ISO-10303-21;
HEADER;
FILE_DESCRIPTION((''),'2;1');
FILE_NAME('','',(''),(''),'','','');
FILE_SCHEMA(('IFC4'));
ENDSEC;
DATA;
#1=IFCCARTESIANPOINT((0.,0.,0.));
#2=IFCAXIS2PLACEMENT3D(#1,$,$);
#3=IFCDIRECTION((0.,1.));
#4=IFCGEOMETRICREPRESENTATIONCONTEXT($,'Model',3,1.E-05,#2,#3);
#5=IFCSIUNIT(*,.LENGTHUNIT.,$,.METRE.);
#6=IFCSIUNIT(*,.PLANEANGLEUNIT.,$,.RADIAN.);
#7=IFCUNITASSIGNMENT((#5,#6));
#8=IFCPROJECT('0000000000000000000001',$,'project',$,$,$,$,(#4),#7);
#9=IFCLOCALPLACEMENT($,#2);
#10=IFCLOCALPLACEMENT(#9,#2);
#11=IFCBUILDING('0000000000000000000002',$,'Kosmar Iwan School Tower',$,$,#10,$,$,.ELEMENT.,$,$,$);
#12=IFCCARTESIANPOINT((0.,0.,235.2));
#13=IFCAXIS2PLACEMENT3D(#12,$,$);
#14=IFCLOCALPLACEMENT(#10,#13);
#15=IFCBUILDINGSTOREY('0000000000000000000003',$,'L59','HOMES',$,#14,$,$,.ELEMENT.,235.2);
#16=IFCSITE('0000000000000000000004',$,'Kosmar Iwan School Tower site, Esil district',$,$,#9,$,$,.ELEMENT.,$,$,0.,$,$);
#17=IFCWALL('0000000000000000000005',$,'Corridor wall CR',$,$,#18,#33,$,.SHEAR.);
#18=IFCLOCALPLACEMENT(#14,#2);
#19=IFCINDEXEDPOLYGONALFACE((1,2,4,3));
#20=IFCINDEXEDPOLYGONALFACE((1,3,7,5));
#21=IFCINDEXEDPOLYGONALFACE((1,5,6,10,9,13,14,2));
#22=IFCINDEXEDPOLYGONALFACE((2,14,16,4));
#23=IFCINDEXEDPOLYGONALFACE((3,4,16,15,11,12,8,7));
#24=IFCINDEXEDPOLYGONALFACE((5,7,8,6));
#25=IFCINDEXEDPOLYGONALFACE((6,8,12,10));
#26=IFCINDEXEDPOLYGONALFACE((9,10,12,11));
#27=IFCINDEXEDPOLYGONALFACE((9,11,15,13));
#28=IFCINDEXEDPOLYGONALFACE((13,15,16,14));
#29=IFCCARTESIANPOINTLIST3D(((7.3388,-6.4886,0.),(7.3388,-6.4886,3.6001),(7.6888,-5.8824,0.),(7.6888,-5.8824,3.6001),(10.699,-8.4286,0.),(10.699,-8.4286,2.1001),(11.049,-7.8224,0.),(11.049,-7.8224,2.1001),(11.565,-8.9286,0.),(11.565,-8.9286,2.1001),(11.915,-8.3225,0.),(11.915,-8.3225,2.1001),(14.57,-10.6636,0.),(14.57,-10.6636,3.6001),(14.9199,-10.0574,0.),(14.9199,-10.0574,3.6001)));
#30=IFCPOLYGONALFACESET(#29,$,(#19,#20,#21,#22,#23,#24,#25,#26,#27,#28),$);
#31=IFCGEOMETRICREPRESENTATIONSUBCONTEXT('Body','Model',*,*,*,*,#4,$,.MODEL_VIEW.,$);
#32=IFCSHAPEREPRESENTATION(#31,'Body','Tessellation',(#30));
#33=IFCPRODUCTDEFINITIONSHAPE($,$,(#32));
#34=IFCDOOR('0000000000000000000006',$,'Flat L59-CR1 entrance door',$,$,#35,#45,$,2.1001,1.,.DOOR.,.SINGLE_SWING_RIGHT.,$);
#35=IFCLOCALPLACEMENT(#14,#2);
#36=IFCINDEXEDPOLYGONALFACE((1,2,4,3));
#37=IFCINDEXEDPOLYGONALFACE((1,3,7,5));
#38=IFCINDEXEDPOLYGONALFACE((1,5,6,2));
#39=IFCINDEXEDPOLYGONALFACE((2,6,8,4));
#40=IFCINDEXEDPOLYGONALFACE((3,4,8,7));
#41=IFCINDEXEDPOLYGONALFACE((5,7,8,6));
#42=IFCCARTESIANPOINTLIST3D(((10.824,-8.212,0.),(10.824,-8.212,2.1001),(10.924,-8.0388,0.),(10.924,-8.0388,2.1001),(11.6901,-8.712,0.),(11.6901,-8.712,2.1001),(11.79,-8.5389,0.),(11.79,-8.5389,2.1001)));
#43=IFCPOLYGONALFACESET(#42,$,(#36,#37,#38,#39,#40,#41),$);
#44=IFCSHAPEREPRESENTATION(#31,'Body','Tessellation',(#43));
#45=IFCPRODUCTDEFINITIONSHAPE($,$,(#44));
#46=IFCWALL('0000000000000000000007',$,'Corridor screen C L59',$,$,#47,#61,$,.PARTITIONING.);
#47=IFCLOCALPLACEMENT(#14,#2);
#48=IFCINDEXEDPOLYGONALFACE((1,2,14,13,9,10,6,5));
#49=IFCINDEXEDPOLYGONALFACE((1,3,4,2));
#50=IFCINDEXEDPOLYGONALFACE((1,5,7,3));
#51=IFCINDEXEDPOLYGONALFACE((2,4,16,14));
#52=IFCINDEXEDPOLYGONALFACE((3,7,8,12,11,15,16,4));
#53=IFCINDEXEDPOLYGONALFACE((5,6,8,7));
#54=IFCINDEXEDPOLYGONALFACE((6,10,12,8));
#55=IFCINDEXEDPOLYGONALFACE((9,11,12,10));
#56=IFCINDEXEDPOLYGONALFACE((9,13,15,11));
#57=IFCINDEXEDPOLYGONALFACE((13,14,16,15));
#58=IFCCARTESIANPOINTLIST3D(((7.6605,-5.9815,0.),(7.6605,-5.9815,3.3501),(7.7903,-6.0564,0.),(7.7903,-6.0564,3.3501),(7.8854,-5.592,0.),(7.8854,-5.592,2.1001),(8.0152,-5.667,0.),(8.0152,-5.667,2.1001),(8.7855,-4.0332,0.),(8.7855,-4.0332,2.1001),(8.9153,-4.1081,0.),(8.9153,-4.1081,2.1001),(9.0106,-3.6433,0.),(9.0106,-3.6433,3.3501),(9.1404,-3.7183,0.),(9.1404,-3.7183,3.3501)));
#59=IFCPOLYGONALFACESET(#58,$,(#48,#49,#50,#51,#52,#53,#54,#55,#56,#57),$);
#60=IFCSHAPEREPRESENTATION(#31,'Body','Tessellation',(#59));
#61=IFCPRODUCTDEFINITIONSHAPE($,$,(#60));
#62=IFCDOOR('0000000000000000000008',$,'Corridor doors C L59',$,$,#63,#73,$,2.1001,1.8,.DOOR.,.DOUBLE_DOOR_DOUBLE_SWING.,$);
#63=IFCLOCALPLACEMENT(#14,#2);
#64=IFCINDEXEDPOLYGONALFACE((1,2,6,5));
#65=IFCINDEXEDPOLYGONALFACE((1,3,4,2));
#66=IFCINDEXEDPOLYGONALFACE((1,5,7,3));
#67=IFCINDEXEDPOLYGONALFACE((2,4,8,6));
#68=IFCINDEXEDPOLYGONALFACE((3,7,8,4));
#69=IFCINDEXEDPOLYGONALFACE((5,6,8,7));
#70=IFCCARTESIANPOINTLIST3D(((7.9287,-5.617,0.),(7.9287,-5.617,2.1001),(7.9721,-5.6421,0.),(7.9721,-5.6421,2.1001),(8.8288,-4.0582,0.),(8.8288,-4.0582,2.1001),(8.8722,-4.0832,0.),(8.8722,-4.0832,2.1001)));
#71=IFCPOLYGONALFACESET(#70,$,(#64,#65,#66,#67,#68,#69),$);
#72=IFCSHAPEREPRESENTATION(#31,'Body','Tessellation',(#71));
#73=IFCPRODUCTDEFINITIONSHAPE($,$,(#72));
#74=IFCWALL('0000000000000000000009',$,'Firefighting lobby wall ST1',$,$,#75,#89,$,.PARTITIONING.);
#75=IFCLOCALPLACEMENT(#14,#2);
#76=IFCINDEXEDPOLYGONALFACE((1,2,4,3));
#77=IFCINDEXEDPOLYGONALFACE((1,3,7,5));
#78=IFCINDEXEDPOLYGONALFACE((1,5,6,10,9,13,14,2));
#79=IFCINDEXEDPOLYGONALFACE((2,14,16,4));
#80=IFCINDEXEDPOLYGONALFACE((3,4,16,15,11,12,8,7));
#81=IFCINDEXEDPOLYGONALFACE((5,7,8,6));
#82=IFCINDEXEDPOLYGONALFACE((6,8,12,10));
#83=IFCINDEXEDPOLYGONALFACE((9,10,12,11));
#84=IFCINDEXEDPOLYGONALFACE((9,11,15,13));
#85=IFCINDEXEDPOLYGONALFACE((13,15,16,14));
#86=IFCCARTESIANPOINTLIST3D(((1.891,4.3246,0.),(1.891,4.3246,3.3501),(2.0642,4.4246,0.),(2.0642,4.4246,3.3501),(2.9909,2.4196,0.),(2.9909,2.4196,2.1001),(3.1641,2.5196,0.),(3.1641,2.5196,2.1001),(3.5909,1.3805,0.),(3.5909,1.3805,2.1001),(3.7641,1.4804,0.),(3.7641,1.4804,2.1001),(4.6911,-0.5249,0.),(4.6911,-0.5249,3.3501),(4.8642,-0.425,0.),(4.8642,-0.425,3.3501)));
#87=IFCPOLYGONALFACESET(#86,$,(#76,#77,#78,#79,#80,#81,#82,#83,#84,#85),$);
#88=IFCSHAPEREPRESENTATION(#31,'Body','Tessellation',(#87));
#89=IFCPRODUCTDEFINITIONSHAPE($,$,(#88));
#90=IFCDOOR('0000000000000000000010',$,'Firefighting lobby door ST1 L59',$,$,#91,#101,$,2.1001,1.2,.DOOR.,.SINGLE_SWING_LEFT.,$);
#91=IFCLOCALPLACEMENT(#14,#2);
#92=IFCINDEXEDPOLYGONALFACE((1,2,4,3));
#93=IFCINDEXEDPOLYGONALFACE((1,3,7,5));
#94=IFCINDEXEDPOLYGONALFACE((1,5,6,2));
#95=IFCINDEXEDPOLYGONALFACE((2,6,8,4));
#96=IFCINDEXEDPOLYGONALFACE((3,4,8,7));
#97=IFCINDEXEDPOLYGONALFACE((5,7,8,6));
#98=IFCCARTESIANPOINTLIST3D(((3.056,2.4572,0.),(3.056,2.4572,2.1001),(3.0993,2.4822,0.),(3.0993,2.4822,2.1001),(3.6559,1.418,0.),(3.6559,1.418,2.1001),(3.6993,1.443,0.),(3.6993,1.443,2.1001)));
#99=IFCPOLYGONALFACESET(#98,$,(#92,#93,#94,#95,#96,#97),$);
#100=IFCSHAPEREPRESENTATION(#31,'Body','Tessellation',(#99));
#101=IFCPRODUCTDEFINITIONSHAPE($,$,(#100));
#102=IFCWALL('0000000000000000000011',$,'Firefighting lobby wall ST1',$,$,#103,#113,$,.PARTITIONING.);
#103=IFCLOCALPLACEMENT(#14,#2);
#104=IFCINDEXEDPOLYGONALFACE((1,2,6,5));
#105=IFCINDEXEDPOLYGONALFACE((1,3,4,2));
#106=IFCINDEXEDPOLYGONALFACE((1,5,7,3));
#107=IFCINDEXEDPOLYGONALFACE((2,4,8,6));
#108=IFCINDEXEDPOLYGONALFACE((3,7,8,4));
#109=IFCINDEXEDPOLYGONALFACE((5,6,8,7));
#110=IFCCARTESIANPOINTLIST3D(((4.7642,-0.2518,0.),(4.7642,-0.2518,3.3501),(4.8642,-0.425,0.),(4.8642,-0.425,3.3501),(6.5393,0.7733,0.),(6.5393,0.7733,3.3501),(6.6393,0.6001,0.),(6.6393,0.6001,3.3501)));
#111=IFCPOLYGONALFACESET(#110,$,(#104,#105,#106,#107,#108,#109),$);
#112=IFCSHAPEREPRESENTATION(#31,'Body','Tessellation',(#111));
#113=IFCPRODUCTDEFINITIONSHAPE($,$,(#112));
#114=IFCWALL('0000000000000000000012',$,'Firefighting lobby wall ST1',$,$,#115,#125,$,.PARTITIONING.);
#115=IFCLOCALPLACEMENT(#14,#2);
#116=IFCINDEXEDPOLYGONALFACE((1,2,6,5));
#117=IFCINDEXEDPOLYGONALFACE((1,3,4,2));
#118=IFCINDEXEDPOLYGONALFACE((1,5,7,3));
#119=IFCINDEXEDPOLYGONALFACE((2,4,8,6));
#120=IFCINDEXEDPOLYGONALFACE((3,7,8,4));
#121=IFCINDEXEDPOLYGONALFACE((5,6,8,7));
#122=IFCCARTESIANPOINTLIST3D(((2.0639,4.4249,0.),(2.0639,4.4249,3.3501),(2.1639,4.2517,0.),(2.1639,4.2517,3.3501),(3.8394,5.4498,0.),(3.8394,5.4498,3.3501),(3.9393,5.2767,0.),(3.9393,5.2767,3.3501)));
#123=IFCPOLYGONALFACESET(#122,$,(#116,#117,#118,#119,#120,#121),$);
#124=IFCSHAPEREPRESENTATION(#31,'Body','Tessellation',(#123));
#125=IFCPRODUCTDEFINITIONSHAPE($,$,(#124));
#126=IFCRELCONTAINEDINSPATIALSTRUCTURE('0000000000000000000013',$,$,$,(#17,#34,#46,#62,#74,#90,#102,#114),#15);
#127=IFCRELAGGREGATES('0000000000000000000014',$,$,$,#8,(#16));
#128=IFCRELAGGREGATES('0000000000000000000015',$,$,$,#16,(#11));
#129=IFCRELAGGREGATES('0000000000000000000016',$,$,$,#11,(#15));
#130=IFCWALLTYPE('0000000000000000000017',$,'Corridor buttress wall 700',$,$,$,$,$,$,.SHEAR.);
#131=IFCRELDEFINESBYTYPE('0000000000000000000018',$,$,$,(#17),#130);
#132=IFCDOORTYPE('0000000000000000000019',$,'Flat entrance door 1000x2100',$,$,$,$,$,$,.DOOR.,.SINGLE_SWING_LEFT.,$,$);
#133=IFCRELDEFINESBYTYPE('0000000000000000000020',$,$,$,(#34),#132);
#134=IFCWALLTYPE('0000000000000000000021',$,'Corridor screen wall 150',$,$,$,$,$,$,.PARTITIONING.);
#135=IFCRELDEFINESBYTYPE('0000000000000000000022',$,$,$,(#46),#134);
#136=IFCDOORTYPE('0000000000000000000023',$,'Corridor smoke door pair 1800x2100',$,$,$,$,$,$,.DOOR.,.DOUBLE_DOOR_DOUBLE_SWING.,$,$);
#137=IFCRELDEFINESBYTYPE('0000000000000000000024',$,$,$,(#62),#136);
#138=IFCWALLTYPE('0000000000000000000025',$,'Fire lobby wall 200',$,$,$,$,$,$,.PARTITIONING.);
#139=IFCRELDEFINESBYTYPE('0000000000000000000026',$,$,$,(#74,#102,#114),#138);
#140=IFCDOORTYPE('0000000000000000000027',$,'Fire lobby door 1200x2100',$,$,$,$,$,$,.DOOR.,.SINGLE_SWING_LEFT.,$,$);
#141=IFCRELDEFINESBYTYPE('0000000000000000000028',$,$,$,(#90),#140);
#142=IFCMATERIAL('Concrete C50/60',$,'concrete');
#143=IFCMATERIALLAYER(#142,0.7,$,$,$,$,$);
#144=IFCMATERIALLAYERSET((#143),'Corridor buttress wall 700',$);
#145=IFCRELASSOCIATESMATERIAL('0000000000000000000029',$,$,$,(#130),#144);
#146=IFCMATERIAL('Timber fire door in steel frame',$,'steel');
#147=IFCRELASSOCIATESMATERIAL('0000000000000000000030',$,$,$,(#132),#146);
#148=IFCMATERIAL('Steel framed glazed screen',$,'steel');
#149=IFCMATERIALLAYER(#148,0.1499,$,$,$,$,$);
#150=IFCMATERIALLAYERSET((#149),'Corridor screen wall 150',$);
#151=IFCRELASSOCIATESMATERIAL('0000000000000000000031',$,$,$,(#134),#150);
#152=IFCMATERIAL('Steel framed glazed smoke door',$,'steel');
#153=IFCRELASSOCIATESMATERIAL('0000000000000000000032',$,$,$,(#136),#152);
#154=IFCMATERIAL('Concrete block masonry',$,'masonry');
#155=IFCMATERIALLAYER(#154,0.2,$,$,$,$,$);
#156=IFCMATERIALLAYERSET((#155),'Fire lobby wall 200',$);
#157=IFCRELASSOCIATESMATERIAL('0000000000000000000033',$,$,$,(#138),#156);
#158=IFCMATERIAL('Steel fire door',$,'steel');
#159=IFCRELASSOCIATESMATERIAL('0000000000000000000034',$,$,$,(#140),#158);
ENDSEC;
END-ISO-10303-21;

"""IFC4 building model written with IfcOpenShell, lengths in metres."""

from ifc_helpers import new_model, si_unit, direction, frame, frame_2d, origin, place, context, subcontext, project, spatial, rectangle, extrude, material, layer, layer_set, type_object, element, fill, save


model = new_model("IFC4")

# Units and contexts
model_context = context("Model", 3, precision=1e-05, world=origin(), true_north=direction((0.0, 1.0)))
body_context = subcontext(model_context, "Body", "Model", "MODEL_VIEW")
ifc_project = project(units=[si_unit("LENGTHUNIT", "METRE"), si_unit("PLANEANGLEUNIT", "RADIAN")], contexts=[model_context])

# Site, building, storey
site_placement = place(None, origin())
site = spatial("IfcSite", under=ifc_project, at=site_placement, Name="Kosmar Iwan School Tower site, Esil district", CompositionType="ELEMENT", RefElevation=0.0)
building_placement = place(site_placement, origin())
building = spatial("IfcBuilding", under=site, at=building_placement, Name="Kosmar Iwan School Tower", CompositionType="ELEMENT")
storey_placement = place(building_placement, frame((0.0, 0.0, 235.2)))
storey = spatial("IfcBuildingStorey", under=building, at=storey_placement, Name="L59", Description="HOMES", CompositionType="ELEMENT", Elevation=235.2)

# Walls, openings, doors
ifc_material_1 = material(Name="Concrete C50/60", Category="concrete")
ifc_layer_1 = layer(ifc_material_1, 0.7)
ifc_layer_set_1 = layer_set([ifc_layer_1], Name="Corridor buttress wall 700")
wall_type_1 = type_object("IfcWallType", Name="Corridor buttress wall 700", PredefinedType="SHEAR", material=ifc_layer_set_1)
wall_1_placement = place(storey_placement, frame((7.5139, -6.1855, 0.0), z_axis=(0.0, 0.0, 1.0), x_axis=(0.86602, -0.50001, 0.0)))
wall_1 = element("IfcWall", 1, at=wall_1_placement, inside=storey, type_object=wall_type_1, Name="Corridor wall CR", PredefinedType="SHEAR", context=body_context, shape_type="SweptSolid", body=[
    extrude(rectangle(XDim=8.3499, YDim=0.7, at=frame_2d((4.1748, 0.0))), origin(), (0.0, 0.0, 1.0), 3.6001),
])
opening_1_placement = place(wall_1_placement, frame((3.8799, 0.0, 0.0)))
opening_1 = element("IfcOpeningElement", 2, at=opening_1_placement, cuts=wall_1, PredefinedType="OPENING", context=body_context, shape_type="SweptSolid", body=[
    extrude(rectangle(XDim=1.0, YDim=2.1001, at=frame_2d((0.5, 1.05))), frame((0.0, 0.3621, 0.0), z_axis=(0.0, -1.0, 0.0), x_axis=(1.0, 0.0, 0.0)), (0.0, 0.0, 1.0), 0.7239),
])
ifc_material_2 = material(Name="Timber fire door in steel frame", Category="steel")
door_type_1 = type_object("IfcDoorType", Name="Flat entrance door 1000x2100", OperationType="SINGLE_SWING_LEFT", PredefinedType="DOOR", material=ifc_material_2)
door_1_placement = place(opening_1_placement, origin())
door_1 = element("IfcDoor", 3, at=door_1_placement, inside=storey, type_object=door_type_1, Name="Flat L59-CR1 entrance door", OperationType="SINGLE_SWING_RIGHT", OverallHeight=2.1001, OverallWidth=1.0, PredefinedType="DOOR", context=body_context, shape_type="SweptSolid", body=[
    extrude(rectangle(XDim=1.0, YDim=2.1001, at=frame_2d((0.5, 1.05))), frame((0.0, 0.1001, 0.0), z_axis=(0.0, -1.0, 0.0), x_axis=(1.0, 0.0, 0.0)), (0.0, 0.0, 1.0), 0.2),
])
fill(opening_1, door_1)
ifc_material_3 = material(Name="Steel framed glazed screen", Category="steel")
ifc_layer_2 = layer(ifc_material_3, 0.1499)
ifc_layer_set_2 = layer_set([ifc_layer_2], Name="Corridor screen wall 150")
wall_type_2 = type_object("IfcWallType", Name="Corridor screen wall 150", PredefinedType="PARTITIONING", material=ifc_layer_set_2)
wall_2_placement = place(storey_placement, frame((7.7253, -6.019, 0.0), z_axis=(0.0, 0.0, 1.0), x_axis=(0.500049, 0.865997, 0.0)))
wall_2 = element("IfcWall", 4, at=wall_2_placement, inside=storey, type_object=wall_type_2, Name="Corridor screen C L59", PredefinedType="PARTITIONING", context=body_context, shape_type="SweptSolid", body=[
    extrude(rectangle(XDim=2.7, YDim=0.1499, at=frame_2d((1.3501, 0.0))), origin(), (0.0, 0.0, 1.0), 3.3501),
])
opening_2_placement = place(wall_2_placement, frame((0.45, 0.0, 0.0)))
opening_2 = element("IfcOpeningElement", 5, at=opening_2_placement, cuts=wall_2, PredefinedType="OPENING", context=body_context, shape_type="SweptSolid", body=[
    extrude(rectangle(XDim=1.8, YDim=2.1001, at=frame_2d((0.8999, 1.05))), frame((0.0, 0.0869, 0.0), z_axis=(0.0, -1.0, 0.0), x_axis=(1.0, 0.0, 0.0)), (0.0, 0.0, 1.0), 0.1738),
])
ifc_material_4 = material(Name="Steel framed glazed smoke door", Category="steel")
door_type_2 = type_object("IfcDoorType", Name="Corridor smoke door pair 1800x2100", OperationType="DOUBLE_DOOR_DOUBLE_SWING", PredefinedType="DOOR", material=ifc_material_4)
door_2_placement = place(opening_2_placement, origin())
door_2 = element("IfcDoor", 6, at=door_2_placement, inside=storey, type_object=door_type_2, Name="Corridor doors C L59", OperationType="DOUBLE_DOOR_DOUBLE_SWING", OverallHeight=2.1001, OverallWidth=1.8, PredefinedType="DOOR", context=body_context, shape_type="SweptSolid", body=[
    extrude(rectangle(XDim=1.8, YDim=2.1001, at=frame_2d((0.8999, 1.05))), frame((0.0, 0.0249, 0.0), z_axis=(0.0, -1.0, 0.0), x_axis=(1.0, 0.0, 0.0)), (0.0, 0.0, 1.0), 0.05),
])
fill(opening_2, door_2)
ifc_material_5 = material(Name="Concrete block masonry", Category="masonry")
ifc_layer_3 = layer(ifc_material_5, 0.2)
ifc_layer_set_3 = layer_set([ifc_layer_3], Name="Fire lobby wall 200")
wall_type_3 = type_object("IfcWallType", Name="Fire lobby wall 200", PredefinedType="PARTITIONING", material=ifc_layer_set_3)
wall_3_placement = place(storey_placement, frame((4.7776, -0.4749, 0.0), z_axis=(0.0, 0.0, 1.0), x_axis=(-0.500017, 0.866016, 0.0)))
wall_3 = element("IfcWall", 7, at=wall_3_placement, inside=storey, type_object=wall_type_3, Name="Firefighting lobby wall ST1", PredefinedType="PARTITIONING", context=body_context, shape_type="SweptSolid", body=[
    extrude(rectangle(XDim=5.5999, YDim=0.2, at=frame_2d((2.7998, 0.0))), origin(), (0.0, 0.0, 1.0), 3.3501),
])
opening_3_placement = place(wall_3_placement, frame((2.2, 0.0, 0.0)))
opening_3 = element("IfcOpeningElement", 8, at=opening_3_placement, cuts=wall_3, PredefinedType="OPENING", context=body_context, shape_type="SweptSolid", body=[
    extrude(rectangle(XDim=1.2, YDim=2.1001, at=frame_2d((0.6001, 1.05))), frame((0.0, 0.1121, 0.0), z_axis=(0.0, -1.0, 0.0), x_axis=(1.0, 0.0, 0.0)), (0.0, 0.0, 1.0), 0.2239),
])
ifc_material_6 = material(Name="Steel fire door", Category="steel")
door_type_3 = type_object("IfcDoorType", Name="Fire lobby door 1200x2100", OperationType="SINGLE_SWING_LEFT", PredefinedType="DOOR", material=ifc_material_6)
door_3_placement = place(opening_3_placement, origin())
door_3 = element("IfcDoor", 9, at=door_3_placement, inside=storey, type_object=door_type_3, Name="Firefighting lobby door ST1 L59", OperationType="SINGLE_SWING_LEFT", OverallHeight=2.1001, OverallWidth=1.2, PredefinedType="DOOR", context=body_context, shape_type="SweptSolid", body=[
    extrude(rectangle(XDim=1.2, YDim=2.1001, at=frame_2d((0.6001, 1.05))), frame((0.0, 0.0249, 0.0), z_axis=(0.0, -1.0, 0.0), x_axis=(1.0, 0.0, 0.0)), (0.0, 0.0, 1.0), 0.05),
])
fill(opening_3, door_3)

# Walls
wall_4_placement = place(storey_placement, frame((4.8142, -0.3384, 0.0), z_axis=(0.0, 0.0, 1.0), x_axis=(0.865969, 0.500097, 0.0)))
element("IfcWall", 10, at=wall_4_placement, inside=storey, type_object=wall_type_3, Name="Firefighting lobby wall ST1", PredefinedType="PARTITIONING", context=body_context, shape_type="SweptSolid", body=[
    extrude(rectangle(XDim=2.0498, YDim=0.2, at=frame_2d((1.0249, 0.0))), origin(), (0.0, 0.0, 1.0), 3.3501),
])
wall_5_placement = place(storey_placement, frame((2.114, 4.3384, 0.0), z_axis=(0.0, 0.0, 1.0), x_axis=(0.866051, 0.499956, 0.0)))
element("IfcWall", 11, at=wall_5_placement, inside=storey, type_object=wall_type_3, Name="Firefighting lobby wall ST1", PredefinedType="PARTITIONING", context=body_context, shape_type="SweptSolid", body=[
    extrude(rectangle(XDim=2.05, YDim=0.2, at=frame_2d((1.0249, 0.0))), origin(), (0.0, 0.0, 1.0), 3.3501),
])

save(model, "model.ifc")
